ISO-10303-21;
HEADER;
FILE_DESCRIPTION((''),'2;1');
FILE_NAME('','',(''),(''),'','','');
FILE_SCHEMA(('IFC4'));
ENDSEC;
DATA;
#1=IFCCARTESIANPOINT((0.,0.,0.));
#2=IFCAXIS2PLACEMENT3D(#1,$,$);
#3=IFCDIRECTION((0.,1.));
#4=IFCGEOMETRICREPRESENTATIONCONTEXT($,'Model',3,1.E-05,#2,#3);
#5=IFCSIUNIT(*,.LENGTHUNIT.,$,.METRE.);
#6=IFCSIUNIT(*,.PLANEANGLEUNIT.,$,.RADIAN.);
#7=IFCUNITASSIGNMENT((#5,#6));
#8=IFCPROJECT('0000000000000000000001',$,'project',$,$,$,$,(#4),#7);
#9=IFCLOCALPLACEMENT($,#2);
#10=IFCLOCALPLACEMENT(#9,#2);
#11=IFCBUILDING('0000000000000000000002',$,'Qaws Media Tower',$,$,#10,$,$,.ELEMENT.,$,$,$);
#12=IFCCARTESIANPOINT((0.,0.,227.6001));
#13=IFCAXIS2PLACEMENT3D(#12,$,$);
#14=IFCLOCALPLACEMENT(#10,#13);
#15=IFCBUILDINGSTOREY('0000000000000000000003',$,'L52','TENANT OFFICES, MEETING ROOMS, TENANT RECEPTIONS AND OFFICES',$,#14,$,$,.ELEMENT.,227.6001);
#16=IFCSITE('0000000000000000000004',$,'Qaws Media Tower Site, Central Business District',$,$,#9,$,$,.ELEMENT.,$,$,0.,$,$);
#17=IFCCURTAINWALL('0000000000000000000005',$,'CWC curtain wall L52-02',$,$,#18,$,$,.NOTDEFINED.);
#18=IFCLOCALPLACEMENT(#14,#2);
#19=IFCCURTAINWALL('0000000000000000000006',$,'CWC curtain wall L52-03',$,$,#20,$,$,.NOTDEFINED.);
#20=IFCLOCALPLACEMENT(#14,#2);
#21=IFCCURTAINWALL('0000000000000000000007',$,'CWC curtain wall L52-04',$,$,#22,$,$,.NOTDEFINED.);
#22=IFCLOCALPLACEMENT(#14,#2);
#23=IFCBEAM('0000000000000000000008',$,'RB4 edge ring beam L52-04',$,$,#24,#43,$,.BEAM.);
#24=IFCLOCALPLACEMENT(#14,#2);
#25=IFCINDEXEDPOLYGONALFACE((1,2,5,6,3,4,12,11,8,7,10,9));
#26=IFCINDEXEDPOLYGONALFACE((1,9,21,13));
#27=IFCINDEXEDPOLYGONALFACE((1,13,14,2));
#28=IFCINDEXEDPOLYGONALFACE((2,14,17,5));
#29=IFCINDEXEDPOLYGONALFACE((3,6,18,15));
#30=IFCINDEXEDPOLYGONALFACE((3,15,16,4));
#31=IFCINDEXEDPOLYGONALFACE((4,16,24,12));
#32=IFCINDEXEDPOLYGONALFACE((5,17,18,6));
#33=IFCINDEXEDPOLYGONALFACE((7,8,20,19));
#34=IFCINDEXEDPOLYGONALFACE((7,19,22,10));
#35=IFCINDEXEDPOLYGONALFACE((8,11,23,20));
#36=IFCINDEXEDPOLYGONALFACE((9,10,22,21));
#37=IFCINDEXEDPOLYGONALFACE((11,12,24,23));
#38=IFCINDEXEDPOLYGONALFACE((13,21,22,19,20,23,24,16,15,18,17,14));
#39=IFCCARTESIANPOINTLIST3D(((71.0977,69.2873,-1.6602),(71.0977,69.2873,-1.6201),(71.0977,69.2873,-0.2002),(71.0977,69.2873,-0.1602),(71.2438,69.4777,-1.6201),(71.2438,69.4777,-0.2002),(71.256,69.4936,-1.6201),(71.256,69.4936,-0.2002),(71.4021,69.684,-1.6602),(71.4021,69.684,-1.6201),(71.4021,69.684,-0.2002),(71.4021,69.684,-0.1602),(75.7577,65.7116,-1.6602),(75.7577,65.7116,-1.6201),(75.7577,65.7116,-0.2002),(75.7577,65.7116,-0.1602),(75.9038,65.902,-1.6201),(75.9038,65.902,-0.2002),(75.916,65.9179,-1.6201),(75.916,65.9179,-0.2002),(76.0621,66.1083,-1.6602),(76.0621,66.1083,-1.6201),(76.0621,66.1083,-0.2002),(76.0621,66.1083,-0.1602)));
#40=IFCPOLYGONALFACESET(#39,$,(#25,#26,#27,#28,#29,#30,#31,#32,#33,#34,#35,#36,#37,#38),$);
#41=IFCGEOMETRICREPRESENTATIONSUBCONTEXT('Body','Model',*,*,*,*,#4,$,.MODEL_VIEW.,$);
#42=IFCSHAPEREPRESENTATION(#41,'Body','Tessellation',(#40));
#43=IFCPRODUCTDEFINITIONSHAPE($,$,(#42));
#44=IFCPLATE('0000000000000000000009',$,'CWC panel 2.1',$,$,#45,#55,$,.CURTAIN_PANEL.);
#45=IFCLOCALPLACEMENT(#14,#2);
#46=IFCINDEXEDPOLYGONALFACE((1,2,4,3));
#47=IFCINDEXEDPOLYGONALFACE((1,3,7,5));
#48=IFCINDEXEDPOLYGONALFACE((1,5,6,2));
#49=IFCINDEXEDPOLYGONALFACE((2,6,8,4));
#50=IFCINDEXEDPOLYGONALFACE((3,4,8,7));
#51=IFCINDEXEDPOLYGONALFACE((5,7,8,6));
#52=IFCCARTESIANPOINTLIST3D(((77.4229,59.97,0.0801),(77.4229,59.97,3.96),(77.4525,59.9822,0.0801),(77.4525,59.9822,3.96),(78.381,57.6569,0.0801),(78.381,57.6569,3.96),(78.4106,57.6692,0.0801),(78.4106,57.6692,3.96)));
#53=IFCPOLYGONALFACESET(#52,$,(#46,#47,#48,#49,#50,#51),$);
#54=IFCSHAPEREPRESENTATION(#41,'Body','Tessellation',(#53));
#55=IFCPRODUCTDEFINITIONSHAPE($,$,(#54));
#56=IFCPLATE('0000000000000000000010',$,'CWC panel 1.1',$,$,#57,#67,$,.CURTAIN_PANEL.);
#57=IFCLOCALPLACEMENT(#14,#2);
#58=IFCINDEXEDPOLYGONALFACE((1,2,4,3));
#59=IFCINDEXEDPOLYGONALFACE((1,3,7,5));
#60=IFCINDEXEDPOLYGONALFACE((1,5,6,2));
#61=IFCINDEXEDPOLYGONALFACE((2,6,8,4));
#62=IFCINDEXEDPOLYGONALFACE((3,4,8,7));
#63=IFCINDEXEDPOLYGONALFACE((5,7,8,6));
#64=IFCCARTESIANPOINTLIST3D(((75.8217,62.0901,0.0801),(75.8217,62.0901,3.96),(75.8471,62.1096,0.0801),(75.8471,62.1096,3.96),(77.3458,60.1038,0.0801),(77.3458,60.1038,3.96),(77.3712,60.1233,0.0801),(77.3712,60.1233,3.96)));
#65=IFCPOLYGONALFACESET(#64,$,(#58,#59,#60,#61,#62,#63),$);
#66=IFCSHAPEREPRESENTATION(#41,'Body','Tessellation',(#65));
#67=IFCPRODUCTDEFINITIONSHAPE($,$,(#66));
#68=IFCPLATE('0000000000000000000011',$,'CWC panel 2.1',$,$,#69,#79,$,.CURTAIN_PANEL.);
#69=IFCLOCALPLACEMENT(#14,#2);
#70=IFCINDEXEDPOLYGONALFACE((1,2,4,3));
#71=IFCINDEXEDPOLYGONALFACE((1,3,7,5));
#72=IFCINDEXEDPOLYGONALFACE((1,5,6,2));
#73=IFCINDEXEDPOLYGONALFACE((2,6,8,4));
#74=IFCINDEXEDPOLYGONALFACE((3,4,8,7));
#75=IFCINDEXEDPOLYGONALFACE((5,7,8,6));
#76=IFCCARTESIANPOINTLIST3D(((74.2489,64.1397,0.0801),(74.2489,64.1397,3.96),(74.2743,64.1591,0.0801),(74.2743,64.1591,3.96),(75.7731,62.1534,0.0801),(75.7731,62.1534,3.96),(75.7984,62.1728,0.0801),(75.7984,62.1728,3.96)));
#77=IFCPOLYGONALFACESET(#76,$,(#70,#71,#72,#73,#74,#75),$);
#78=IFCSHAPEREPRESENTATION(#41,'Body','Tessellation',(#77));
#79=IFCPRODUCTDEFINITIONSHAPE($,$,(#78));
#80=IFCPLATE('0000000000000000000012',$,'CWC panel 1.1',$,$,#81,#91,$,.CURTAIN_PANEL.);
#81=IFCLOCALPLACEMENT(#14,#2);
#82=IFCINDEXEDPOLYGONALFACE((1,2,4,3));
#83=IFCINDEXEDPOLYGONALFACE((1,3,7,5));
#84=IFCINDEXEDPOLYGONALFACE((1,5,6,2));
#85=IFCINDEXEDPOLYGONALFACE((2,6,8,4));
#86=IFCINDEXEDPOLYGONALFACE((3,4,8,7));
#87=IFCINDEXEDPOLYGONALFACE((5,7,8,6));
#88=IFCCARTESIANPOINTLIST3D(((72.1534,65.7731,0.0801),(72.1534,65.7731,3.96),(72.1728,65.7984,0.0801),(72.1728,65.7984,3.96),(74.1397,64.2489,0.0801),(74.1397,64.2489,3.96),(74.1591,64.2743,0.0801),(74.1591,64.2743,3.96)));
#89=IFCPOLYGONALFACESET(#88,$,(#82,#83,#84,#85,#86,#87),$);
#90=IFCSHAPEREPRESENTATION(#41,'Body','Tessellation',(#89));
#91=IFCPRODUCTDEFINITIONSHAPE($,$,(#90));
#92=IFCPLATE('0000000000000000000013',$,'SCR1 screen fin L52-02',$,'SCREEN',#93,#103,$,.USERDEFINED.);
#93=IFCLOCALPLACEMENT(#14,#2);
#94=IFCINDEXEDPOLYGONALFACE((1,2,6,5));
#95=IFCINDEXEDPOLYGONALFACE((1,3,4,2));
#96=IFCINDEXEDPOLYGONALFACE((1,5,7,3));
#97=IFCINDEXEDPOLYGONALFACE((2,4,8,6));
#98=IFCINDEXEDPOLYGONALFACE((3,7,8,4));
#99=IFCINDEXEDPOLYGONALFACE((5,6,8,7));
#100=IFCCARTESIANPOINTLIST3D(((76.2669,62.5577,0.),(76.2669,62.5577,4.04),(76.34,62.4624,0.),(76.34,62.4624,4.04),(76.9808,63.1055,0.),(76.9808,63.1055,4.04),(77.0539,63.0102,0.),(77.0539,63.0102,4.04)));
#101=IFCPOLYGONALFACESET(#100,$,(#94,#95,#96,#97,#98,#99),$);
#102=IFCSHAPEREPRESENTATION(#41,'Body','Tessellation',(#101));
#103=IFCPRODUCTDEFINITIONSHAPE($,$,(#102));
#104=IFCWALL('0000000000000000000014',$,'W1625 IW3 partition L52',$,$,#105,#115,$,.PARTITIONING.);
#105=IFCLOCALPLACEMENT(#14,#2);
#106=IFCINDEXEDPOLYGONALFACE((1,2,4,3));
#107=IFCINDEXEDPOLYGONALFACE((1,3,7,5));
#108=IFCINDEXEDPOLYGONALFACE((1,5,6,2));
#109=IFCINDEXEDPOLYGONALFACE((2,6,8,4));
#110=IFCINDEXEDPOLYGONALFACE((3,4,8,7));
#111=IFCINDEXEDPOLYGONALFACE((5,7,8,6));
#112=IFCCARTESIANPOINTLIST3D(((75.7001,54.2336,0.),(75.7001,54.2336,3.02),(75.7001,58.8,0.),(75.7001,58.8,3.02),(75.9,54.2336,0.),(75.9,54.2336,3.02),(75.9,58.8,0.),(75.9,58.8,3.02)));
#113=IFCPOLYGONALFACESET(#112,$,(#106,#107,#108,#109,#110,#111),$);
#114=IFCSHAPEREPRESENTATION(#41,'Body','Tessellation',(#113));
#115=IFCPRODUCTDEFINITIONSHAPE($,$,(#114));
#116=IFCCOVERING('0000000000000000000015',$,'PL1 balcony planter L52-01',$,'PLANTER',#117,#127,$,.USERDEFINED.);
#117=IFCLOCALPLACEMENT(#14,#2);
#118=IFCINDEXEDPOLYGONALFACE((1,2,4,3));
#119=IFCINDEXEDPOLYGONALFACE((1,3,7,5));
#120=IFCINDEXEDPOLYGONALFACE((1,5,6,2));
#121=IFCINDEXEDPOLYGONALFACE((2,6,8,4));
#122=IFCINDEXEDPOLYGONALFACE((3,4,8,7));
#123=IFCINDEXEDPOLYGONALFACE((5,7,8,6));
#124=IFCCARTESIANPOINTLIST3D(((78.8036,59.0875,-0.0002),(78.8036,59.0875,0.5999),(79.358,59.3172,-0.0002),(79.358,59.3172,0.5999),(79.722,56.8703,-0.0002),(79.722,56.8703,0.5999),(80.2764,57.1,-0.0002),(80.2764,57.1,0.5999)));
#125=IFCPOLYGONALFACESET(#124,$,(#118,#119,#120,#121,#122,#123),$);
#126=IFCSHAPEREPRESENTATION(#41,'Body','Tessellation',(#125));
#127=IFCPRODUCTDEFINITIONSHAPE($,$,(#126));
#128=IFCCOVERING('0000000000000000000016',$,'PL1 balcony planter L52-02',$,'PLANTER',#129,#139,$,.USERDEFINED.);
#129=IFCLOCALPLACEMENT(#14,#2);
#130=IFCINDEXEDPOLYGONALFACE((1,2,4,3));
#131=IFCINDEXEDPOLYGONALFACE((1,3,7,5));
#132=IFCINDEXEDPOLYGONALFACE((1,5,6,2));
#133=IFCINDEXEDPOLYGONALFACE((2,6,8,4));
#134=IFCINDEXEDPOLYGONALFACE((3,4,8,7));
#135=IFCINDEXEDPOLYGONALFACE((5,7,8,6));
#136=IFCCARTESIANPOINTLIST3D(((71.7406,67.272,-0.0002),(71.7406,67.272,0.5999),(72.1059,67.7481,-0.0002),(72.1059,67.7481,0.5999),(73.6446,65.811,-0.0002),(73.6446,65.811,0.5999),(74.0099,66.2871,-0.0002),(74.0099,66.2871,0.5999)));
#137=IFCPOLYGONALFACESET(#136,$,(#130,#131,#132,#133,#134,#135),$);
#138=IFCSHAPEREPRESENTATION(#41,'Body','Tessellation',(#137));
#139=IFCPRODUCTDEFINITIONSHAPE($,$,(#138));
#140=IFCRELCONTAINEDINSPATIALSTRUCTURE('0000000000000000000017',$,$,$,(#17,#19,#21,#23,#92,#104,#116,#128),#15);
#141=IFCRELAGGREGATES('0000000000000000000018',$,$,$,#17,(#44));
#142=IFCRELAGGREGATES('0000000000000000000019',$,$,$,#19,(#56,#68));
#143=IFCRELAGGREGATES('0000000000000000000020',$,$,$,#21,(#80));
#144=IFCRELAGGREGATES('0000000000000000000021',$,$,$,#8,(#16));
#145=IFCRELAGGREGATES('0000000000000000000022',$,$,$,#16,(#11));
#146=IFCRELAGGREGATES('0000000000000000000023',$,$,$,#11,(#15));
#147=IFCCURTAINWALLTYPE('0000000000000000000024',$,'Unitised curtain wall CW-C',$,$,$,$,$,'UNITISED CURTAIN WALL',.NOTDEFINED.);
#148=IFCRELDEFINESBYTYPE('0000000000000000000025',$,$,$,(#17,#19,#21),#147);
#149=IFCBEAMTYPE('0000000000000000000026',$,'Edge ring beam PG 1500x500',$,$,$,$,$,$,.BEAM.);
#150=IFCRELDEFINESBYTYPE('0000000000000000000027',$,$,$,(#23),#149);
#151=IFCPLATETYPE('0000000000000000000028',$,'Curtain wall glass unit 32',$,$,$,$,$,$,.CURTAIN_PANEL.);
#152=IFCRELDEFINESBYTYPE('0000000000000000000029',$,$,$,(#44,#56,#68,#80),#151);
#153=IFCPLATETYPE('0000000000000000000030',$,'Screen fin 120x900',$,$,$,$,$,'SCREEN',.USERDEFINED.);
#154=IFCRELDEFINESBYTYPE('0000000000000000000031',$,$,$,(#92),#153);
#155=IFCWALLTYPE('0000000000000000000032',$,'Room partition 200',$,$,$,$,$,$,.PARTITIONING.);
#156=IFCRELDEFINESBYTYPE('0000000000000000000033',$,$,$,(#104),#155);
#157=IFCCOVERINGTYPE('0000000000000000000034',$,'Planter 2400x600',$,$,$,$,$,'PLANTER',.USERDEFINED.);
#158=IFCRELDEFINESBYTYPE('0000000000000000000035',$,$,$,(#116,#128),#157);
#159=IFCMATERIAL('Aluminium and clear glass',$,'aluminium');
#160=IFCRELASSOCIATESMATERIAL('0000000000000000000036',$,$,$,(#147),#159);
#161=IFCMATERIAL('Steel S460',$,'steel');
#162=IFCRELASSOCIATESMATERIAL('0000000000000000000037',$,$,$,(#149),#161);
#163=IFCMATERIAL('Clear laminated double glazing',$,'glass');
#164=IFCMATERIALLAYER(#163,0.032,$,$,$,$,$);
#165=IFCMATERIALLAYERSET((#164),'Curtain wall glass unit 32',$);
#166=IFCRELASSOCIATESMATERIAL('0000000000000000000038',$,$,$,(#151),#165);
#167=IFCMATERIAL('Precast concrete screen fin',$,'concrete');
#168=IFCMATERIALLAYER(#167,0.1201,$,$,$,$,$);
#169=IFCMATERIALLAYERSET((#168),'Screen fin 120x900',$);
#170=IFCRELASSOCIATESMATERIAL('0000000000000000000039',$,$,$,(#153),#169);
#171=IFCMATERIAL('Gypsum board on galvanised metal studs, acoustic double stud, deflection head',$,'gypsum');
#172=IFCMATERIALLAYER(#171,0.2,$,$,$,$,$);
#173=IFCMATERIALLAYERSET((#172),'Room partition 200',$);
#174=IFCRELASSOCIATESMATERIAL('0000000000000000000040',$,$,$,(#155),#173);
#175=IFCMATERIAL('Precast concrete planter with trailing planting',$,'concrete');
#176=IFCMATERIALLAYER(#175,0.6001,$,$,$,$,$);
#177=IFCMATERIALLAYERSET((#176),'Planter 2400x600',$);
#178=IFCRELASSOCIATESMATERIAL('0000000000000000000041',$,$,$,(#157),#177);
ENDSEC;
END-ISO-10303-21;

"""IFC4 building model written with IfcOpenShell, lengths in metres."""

from ifc_helpers import new_model, si_unit, direction, frame, frame_2d, origin, origin_2d, place, context, subcontext, project, spatial, rectangle, i_section, extrude, material, layer, layer_set, material_profile, profile_set, type_object, element, aggregate, save


model = new_model("IFC4")

# Units and contexts
model_context = context("Model", 3, precision=1e-05, world=origin(), true_north=direction((0.0, 1.0)))
body_context = subcontext(model_context, "Body", "Model", "MODEL_VIEW")
ifc_project = project(units=[si_unit("LENGTHUNIT", "METRE"), si_unit("PLANEANGLEUNIT", "RADIAN")], contexts=[model_context])

# Site, building, storey
site_placement = place(None, origin())
site = spatial("IfcSite", under=ifc_project, at=site_placement, Name="Qaws Media Tower Site, Central Business District", CompositionType="ELEMENT", RefElevation=0.0)
building_placement = place(site_placement, origin())
building = spatial("IfcBuilding", under=site, at=building_placement, Name="Qaws Media Tower", CompositionType="ELEMENT")
storey_placement = place(building_placement, frame((0.0, 0.0, 227.6001)))
storey = spatial("IfcBuildingStorey", under=building, at=storey_placement, Name="L52", Description="TENANT OFFICES, MEETING ROOMS, TENANT RECEPTIONS AND OFFICES", CompositionType="ELEMENT", Elevation=227.6001)

# Curtain wall
ifc_material_1 = material(Name="Aluminium and clear glass", Category="aluminium")
curtain_wall_type = type_object("IfcCurtainWallType", Name="Unitised curtain wall CW-C", ElementType="UNITISED CURTAIN WALL", PredefinedType="NOTDEFINED", material=ifc_material_1)
curtain_wall_1_placement = place(storey_placement, origin())
curtain_wall_1 = element("IfcCurtainWall", 1, at=curtain_wall_1_placement, inside=storey, type_object=curtain_wall_type, Name="CWC curtain wall L52-02", PredefinedType="NOTDEFINED")

# Curtain walls
curtain_wall_2_placement = place(storey_placement, origin())
curtain_wall_2 = element("IfcCurtainWall", 2, at=curtain_wall_2_placement, inside=storey, type_object=curtain_wall_type, Name="CWC curtain wall L52-03", PredefinedType="NOTDEFINED")
curtain_wall_3_placement = place(storey_placement, origin())
curtain_wall_3 = element("IfcCurtainWall", 3, at=curtain_wall_3_placement, inside=storey, type_object=curtain_wall_type, Name="CWC curtain wall L52-04", PredefinedType="NOTDEFINED")

# Beam
ifc_material_2 = material(Name="Steel S460", Category="steel")
ifc_material_profile_1 = material_profile(ifc_material_2, i_section(OverallWidth=0.5, OverallDepth=1.5, WebThickness=0.02, FlangeThickness=0.04, at=origin_2d()), Name="PG 1500x500")
ifc_profile_set_1 = profile_set([ifc_material_profile_1], Name="Steel S460")
beam_type = type_object("IfcBeamType", Name="Edge ring beam PG 1500x500", PredefinedType="BEAM", material=ifc_profile_set_1)
for number, where, z_axis, x_axis, name in (
    (4, (75.9099, 65.9099, -0.9102), (-0.793353, 0.608762, 0.0), (-0.608762, -0.793353, 0.0), "RB4 edge ring beam L52-04"),
):
    element("IfcBeam", number, at=place(storey_placement, frame(where, z_axis=z_axis, x_axis=x_axis)), inside=storey, type_object=beam_type, Name=name, PredefinedType="BEAM", context=body_context, shape_type="SweptSolid", body=[
        extrude(i_section(OverallWidth=0.5, OverallDepth=1.5, WebThickness=0.02, FlangeThickness=0.04, at=origin_2d()), origin(), (0.0, 0.0, 1.0), 5.8738),
    ])

# Plates
ifc_material_3 = material(Name="Clear laminated double glazing", Category="glass")
ifc_layer_1 = layer(ifc_material_3, 0.032)
ifc_layer_set_1 = layer_set([ifc_layer_1], Name="Curtain wall glass unit 32")
plate_type_1 = type_object("IfcPlateType", Name="Curtain wall glass unit 32", PredefinedType="CURTAIN_PANEL", material=ifc_layer_set_1)
plate_1_placement = place(storey_placement, frame((77.9167, 58.8196, 0.0801), z_axis=(0.0, 0.0, 1.0), x_axis=(-0.382683, 0.92388, 0.0)))
plate_1 = element("IfcPlate", 5, at=plate_1_placement, type_object=plate_type_1, Name="CWC panel 2.1", PredefinedType="CURTAIN_PANEL", context=body_context, shape_type="SweptSolid", body=[
    extrude(rectangle(XDim=2.5037, YDim=0.032, at=origin_2d()), origin(), (0.0, 0.0, 1.0), 3.8799),
])
aggregate(curtain_wall_1, [plate_1])
plate_2_placement = place(storey_placement, frame((76.5964, 61.1067, 0.0801), z_axis=(0.0, 0.0, 1.0), x_axis=(-0.608762, 0.793353, 0.0)))
plate_2 = element("IfcPlate", 6, at=plate_2_placement, type_object=plate_type_1, Name="CWC panel 1.1", PredefinedType="CURTAIN_PANEL", context=body_context, shape_type="SweptSolid", body=[
    extrude(rectangle(XDim=2.5037, YDim=0.032, at=origin_2d()), origin(), (0.0, 0.0, 1.0), 3.8799),
])
plate_3_placement = place(storey_placement, frame((75.0237, 63.1562, 0.0801), z_axis=(0.0, 0.0, 1.0), x_axis=(-0.608762, 0.793353, 0.0)))
plate_3 = element("IfcPlate", 7, at=plate_3_placement, type_object=plate_type_1, Name="CWC panel 2.1", PredefinedType="CURTAIN_PANEL", context=body_context, shape_type="SweptSolid", body=[
    extrude(rectangle(XDim=2.5037, YDim=0.032, at=origin_2d()), origin(), (0.0, 0.0, 1.0), 3.8799),
])
aggregate(curtain_wall_2, [plate_2, plate_3])
plate_4_placement = place(storey_placement, frame((73.1562, 65.0237, 0.0801), z_axis=(0.0, 0.0, 1.0), x_axis=(-0.793353, 0.608762, 0.0)))
plate_4 = element("IfcPlate", 8, at=plate_4_placement, type_object=plate_type_1, Name="CWC panel 1.1", PredefinedType="CURTAIN_PANEL", context=body_context, shape_type="SweptSolid", body=[
    extrude(rectangle(XDim=2.5037, YDim=0.032, at=origin_2d()), origin(), (0.0, 0.0, 1.0), 3.8799),
])
aggregate(curtain_wall_3, [plate_4])
ifc_material_4 = material(Name="Precast concrete screen fin", Category="concrete")
ifc_layer_2 = layer(ifc_material_4, 0.1201)
ifc_layer_set_2 = layer_set([ifc_layer_2], Name="Screen fin 120x900")
plate_type_2 = type_object("IfcPlateType", Name="Screen fin 120x900", ElementType="SCREEN", PredefinedType="USERDEFINED", material=ifc_layer_set_2)
plate_5_placement = place(storey_placement, frame((76.6604, 62.7839, 0.0), z_axis=(0.0, 0.0, 1.0), x_axis=(0.793353, 0.608761, 0.0)))
element("IfcPlate", 9, at=plate_5_placement, inside=storey, type_object=plate_type_2, Name="SCR1 screen fin L52-02", ObjectType="SCREEN", PredefinedType="USERDEFINED", context=body_context, shape_type="SweptSolid", body=[
    extrude(rectangle(XDim=0.8999, YDim=0.1201, at=origin_2d()), origin(), (0.0, 0.0, 1.0), 4.04),
])

# Wall
ifc_material_5 = material(Name="Gypsum board on galvanised metal studs, acoustic double stud, deflection head", Category="gypsum")
ifc_layer_3 = layer(ifc_material_5, 0.2)
ifc_layer_set_3 = layer_set([ifc_layer_3], Name="Room partition 200")
wall_type = type_object("IfcWallType", Name="Room partition 200", PredefinedType="PARTITIONING", material=ifc_layer_set_3)
wall_placement = place(storey_placement, frame((75.8, 58.8, 0.0), z_axis=(0.0, 0.0, 1.0), x_axis=(0.0, -1.0, 0.0)))
element("IfcWall", 10, at=wall_placement, inside=storey, type_object=wall_type, Name="W1625 IW3 partition L52", PredefinedType="PARTITIONING", context=body_context, shape_type="SweptSolid", body=[
    extrude(rectangle(XDim=4.5664, YDim=0.2, at=frame_2d((2.2832, 0.0))), origin(), (0.0, 0.0, 1.0), 3.02),
])

# Coverings
ifc_material_6 = material(Name="Precast concrete planter with trailing planting", Category="concrete")
ifc_layer_4 = layer(ifc_material_6, 0.6001)
ifc_layer_set_4 = layer_set([ifc_layer_4], Name="Planter 2400x600")
covering_type = type_object("IfcCoveringType", Name="Planter 2400x600", ElementType="PLANTER", PredefinedType="USERDEFINED", material=ifc_layer_set_4)
for number, where, z_axis, x_axis, name in (
    (11, (79.54, 58.0938, -0.0002), (0.0, 0.0, 1.0), (-0.382683, 0.92388, 0.0), "PL1 balcony planter L52-01"),
    (12, (72.8752, 66.7795, -0.0002), (0.0, 0.0, 1.0), (-0.793353, 0.608761, 0.0), "PL1 balcony planter L52-02"),
):
    element("IfcCovering", number, at=place(storey_placement, frame(where, z_axis=z_axis, x_axis=x_axis)), inside=storey, type_object=covering_type, Name=name, ObjectType="PLANTER", PredefinedType="USERDEFINED", context=body_context, shape_type="SweptSolid", body=[
        extrude(rectangle(XDim=2.3999, YDim=0.6001, at=origin_2d()), origin(), (0.0, 0.0, 1.0), 0.6001),
    ])

save(model, "model.ifc")
